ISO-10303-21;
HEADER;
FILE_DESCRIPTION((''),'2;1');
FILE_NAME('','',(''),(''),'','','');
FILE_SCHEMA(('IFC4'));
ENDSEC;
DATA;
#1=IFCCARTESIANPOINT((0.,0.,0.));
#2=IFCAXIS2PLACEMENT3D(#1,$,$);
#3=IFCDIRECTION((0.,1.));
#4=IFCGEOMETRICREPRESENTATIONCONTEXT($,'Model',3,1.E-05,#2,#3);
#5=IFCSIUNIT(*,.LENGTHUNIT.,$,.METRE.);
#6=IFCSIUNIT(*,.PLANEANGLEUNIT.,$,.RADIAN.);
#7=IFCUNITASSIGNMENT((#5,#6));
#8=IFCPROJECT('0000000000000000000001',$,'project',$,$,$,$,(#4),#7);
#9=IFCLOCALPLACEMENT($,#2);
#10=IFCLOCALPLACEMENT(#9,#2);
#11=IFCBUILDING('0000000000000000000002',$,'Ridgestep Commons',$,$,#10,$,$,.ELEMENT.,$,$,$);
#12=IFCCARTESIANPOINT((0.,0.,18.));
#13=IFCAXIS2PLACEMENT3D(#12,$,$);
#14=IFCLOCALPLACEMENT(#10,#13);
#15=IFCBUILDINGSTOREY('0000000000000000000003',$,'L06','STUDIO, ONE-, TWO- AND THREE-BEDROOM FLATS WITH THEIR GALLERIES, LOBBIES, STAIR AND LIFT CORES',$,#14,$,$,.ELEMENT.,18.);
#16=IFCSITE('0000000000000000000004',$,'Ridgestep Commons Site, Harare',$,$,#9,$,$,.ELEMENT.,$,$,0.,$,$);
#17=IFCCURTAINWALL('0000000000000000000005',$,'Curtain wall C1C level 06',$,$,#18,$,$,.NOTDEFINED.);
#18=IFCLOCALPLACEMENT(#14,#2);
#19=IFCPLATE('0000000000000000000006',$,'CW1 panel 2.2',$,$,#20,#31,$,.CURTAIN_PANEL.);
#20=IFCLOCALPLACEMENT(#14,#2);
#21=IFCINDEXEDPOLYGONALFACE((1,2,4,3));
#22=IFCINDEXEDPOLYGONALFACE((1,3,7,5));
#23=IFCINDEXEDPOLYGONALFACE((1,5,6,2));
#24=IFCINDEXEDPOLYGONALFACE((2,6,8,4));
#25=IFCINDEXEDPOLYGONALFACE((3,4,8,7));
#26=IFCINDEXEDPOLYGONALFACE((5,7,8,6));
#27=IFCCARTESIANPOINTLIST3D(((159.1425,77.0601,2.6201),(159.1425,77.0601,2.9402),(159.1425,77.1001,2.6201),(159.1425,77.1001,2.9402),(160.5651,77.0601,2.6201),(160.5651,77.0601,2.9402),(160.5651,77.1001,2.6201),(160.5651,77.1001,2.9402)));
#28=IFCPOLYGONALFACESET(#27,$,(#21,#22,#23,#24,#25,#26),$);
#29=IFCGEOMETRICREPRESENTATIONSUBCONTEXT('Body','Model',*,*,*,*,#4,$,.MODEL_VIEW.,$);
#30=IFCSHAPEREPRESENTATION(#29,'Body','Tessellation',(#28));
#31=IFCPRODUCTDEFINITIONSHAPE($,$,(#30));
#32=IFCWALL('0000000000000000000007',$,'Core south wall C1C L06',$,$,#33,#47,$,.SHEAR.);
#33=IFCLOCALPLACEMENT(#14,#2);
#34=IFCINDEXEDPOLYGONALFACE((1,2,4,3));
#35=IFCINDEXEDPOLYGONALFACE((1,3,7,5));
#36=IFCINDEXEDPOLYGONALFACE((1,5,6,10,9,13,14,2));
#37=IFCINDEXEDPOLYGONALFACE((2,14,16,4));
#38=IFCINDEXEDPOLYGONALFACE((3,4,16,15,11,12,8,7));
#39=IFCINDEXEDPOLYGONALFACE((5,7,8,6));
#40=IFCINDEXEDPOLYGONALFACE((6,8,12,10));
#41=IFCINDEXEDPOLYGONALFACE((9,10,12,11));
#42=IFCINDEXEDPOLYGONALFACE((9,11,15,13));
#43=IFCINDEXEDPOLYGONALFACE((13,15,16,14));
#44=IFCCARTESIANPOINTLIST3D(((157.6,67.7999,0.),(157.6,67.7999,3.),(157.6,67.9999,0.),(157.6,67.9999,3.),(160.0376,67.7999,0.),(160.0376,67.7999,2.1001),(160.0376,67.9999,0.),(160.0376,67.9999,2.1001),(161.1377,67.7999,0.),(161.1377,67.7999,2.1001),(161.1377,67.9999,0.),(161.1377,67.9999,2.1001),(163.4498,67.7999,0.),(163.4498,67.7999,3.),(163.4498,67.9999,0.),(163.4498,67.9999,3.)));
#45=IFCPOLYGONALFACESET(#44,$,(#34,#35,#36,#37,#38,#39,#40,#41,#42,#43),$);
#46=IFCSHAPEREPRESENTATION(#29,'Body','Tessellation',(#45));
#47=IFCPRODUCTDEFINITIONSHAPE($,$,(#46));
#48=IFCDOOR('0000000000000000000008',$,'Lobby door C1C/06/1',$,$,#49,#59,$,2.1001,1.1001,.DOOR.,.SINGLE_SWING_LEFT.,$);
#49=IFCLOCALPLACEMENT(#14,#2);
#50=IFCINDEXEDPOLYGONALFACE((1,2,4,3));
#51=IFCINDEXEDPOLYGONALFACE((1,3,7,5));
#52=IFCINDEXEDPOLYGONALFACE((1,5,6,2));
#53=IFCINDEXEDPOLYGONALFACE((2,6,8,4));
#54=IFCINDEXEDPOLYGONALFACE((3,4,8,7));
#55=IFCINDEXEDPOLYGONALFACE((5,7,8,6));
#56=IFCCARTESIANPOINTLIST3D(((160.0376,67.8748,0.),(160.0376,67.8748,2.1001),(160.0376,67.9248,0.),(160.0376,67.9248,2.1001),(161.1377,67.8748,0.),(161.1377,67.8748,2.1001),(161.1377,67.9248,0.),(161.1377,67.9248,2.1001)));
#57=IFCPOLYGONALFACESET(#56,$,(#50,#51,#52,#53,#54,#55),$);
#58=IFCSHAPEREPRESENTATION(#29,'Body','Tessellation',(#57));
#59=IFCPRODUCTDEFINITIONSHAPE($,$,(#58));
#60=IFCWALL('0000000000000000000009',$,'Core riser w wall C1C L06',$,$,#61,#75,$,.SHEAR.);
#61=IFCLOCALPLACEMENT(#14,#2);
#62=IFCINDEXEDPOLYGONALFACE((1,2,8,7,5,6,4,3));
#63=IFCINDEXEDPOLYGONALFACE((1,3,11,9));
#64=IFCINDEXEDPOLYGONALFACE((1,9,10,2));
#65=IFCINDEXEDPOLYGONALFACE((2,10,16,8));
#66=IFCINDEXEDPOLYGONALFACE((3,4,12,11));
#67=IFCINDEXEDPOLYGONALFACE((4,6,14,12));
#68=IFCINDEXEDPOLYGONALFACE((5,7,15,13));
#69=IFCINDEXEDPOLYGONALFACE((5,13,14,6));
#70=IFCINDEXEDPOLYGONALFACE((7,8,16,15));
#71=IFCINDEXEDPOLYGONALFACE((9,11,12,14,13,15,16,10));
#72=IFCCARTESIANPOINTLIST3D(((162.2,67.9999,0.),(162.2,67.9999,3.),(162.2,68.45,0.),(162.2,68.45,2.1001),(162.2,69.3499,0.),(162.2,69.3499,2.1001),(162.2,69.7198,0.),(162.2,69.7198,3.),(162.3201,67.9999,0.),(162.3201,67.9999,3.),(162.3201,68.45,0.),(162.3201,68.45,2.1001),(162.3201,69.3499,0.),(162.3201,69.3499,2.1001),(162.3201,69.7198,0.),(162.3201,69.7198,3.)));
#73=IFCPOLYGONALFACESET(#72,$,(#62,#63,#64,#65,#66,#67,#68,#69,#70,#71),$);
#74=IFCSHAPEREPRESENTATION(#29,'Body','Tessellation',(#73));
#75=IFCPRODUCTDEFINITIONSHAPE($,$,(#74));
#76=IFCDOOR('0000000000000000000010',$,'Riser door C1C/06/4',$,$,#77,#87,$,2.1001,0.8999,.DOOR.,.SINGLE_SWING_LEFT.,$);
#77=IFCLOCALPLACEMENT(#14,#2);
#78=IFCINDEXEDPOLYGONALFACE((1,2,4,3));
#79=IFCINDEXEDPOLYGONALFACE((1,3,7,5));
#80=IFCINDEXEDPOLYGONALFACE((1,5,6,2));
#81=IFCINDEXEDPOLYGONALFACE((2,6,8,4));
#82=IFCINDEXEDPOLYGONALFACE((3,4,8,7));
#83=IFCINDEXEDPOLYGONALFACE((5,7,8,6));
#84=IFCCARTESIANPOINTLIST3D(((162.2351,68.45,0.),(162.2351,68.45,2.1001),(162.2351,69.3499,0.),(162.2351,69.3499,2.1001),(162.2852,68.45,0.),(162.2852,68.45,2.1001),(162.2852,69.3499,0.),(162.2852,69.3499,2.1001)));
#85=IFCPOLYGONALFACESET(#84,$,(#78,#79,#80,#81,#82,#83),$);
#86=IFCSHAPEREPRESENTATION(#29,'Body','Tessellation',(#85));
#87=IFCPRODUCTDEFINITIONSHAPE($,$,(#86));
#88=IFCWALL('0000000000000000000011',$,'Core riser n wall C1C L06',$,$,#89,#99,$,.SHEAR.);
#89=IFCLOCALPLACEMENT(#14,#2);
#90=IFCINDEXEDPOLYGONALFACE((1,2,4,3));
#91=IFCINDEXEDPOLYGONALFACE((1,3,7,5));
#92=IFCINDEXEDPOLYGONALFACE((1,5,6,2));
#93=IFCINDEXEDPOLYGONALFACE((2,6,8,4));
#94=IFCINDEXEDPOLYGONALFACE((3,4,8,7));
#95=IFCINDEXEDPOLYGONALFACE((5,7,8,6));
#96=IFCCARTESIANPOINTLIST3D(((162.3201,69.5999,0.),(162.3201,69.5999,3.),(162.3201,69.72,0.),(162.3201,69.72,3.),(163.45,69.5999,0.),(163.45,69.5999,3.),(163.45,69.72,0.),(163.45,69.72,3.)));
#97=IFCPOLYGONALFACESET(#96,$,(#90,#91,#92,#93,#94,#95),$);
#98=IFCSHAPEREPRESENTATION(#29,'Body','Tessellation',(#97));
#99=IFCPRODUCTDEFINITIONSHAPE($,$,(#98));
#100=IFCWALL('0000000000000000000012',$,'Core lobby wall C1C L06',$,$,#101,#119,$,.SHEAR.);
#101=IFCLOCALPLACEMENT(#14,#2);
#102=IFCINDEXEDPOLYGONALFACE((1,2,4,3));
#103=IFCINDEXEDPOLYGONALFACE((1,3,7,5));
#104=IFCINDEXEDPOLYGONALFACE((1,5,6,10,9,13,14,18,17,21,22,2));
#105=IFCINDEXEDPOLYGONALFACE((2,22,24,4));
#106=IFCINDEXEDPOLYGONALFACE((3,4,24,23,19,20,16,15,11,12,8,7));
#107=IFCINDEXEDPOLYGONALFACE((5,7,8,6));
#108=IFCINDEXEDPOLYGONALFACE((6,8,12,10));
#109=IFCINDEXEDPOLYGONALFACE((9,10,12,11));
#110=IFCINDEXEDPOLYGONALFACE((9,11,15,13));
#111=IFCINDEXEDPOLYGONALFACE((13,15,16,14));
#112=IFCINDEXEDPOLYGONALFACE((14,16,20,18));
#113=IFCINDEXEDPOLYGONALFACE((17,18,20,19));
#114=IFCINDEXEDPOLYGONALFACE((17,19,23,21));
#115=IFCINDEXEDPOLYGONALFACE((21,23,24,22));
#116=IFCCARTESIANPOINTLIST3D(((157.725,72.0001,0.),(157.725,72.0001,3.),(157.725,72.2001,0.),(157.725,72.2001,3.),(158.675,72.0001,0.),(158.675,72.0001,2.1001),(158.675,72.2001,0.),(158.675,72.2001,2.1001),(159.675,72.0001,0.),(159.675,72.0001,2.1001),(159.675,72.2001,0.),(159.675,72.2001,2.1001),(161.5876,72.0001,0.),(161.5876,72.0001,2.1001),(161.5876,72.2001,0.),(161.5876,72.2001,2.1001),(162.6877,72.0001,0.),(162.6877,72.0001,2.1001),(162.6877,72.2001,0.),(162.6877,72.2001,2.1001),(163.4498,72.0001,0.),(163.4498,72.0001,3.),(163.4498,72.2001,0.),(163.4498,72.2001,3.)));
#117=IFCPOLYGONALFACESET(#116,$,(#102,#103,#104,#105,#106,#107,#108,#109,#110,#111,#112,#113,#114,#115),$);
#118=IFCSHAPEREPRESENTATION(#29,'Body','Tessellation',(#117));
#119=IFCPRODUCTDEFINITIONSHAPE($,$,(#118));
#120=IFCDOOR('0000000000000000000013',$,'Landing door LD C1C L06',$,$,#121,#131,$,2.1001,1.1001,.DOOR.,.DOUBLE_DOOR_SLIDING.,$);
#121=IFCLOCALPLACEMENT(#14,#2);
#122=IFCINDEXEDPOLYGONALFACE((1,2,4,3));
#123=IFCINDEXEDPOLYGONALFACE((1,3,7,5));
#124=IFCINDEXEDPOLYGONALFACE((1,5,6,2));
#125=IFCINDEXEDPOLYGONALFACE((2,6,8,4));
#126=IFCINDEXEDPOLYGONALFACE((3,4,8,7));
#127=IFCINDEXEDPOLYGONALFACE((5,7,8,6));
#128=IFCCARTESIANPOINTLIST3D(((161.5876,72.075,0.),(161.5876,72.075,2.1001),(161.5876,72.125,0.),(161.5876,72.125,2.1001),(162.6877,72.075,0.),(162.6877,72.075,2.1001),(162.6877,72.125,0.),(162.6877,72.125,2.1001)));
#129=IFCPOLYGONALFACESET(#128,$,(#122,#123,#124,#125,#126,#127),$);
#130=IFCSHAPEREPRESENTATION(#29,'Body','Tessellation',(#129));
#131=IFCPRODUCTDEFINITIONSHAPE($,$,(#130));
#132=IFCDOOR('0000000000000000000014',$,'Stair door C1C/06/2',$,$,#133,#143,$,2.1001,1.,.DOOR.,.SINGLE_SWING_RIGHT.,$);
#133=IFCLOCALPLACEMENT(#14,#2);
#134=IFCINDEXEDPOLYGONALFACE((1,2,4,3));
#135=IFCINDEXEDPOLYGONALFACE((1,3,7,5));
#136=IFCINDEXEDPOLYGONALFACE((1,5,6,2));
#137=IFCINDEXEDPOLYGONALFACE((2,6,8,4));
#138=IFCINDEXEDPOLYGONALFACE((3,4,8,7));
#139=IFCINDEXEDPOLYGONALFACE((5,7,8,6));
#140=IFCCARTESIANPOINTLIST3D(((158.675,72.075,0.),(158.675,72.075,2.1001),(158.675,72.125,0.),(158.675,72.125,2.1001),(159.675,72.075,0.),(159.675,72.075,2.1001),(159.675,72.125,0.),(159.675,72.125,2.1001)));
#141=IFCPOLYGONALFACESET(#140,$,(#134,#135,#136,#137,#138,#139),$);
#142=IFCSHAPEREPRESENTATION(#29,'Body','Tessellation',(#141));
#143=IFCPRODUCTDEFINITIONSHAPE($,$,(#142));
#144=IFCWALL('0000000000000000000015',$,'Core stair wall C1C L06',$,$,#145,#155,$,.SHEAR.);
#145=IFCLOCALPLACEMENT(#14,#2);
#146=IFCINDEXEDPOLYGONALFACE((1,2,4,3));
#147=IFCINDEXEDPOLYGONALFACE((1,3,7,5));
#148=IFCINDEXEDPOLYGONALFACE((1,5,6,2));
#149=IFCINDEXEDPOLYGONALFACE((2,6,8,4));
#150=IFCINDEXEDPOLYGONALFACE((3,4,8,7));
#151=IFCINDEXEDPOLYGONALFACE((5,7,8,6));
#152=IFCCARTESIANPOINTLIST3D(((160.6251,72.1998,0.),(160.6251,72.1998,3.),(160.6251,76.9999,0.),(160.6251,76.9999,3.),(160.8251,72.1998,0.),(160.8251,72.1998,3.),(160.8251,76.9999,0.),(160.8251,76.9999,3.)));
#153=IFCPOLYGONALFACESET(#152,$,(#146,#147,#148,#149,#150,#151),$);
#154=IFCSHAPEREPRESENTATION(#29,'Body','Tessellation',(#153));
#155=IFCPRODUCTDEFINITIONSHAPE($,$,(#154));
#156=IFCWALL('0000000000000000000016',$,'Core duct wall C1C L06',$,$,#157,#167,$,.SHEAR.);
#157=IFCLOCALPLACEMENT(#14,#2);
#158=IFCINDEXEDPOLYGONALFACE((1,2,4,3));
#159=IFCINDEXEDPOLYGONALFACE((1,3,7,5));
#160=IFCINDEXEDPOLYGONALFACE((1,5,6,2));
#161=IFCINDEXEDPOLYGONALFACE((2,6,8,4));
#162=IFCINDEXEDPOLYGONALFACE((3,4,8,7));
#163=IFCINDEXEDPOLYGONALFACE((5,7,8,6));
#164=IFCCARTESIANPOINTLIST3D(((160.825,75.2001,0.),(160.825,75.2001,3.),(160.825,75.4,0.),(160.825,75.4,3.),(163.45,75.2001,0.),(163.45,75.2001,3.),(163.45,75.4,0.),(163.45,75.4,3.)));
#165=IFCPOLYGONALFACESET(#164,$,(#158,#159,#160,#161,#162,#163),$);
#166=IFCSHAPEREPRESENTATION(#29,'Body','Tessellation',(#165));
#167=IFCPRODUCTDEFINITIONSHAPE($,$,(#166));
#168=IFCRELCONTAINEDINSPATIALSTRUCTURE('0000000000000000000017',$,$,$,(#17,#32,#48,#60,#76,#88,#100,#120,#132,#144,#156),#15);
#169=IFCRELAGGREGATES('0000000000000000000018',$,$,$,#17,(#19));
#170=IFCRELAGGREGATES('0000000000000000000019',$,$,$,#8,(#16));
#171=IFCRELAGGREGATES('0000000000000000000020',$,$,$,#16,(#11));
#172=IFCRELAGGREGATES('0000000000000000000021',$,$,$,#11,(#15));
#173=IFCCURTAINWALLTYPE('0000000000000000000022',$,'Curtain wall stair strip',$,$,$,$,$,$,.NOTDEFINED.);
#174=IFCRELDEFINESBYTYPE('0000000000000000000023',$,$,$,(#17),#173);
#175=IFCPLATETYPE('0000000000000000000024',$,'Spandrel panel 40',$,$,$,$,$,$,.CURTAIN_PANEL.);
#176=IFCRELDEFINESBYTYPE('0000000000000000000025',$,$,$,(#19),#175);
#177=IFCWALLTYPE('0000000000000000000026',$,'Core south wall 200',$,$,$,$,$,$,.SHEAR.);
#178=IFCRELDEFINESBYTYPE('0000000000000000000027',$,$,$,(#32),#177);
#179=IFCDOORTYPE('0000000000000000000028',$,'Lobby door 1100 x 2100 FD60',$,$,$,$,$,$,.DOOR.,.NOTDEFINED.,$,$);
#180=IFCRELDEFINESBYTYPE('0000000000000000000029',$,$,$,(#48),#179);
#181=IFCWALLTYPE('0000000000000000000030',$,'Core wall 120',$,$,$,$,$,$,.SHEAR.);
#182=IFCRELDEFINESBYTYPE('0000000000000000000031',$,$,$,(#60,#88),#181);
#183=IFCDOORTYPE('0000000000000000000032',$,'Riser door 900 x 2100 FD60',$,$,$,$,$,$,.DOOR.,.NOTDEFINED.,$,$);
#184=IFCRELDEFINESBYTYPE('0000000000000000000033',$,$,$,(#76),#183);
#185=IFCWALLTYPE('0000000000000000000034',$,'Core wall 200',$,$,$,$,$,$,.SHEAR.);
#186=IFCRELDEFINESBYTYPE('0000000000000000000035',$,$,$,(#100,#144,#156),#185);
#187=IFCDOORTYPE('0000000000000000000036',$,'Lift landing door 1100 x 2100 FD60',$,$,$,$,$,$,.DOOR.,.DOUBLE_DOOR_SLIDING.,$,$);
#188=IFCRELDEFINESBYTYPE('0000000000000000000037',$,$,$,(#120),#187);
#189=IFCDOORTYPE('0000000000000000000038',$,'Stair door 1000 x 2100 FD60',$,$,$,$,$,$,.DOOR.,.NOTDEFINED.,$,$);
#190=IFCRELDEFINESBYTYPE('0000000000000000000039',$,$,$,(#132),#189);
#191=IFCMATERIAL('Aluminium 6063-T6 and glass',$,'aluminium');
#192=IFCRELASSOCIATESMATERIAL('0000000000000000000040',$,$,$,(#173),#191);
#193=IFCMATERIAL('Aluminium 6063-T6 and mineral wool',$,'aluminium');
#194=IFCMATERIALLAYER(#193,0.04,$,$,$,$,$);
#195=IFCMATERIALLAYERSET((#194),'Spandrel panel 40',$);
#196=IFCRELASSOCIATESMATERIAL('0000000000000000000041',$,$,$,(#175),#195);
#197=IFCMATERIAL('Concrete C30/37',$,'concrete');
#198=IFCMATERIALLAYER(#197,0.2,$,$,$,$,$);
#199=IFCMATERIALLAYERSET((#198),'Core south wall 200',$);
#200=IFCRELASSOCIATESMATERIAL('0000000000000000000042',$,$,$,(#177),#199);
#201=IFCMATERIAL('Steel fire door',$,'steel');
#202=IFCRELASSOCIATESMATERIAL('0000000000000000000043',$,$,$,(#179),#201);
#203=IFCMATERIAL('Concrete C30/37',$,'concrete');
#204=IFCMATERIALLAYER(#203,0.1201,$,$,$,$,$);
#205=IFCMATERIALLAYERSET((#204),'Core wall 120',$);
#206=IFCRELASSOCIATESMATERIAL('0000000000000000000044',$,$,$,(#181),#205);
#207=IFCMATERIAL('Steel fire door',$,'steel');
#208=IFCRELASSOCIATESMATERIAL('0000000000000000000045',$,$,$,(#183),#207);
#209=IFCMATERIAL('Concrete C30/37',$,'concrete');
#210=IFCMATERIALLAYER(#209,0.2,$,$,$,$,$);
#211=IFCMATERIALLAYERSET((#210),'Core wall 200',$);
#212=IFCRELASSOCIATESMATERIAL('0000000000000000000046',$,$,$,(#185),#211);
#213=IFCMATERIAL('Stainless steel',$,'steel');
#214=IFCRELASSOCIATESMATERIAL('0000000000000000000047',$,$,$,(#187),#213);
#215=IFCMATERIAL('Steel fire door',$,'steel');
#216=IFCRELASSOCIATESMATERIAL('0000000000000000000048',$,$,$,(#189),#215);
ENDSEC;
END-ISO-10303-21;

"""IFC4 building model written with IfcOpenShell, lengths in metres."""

from ifc_helpers import new_model, si_unit, direction, frame, frame_2d, origin, origin_2d, place, context, subcontext, project, spatial, rectangle, extrude, material, layer, layer_set, type_object, element, fill, aggregate, save


model = new_model("IFC4")

# Units and contexts
model_context = context("Model", 3, precision=1e-05, world=origin(), true_north=direction((0.0, 1.0)))
body_context = subcontext(model_context, "Body", "Model", "MODEL_VIEW")
ifc_project = project(units=[si_unit("LENGTHUNIT", "METRE"), si_unit("PLANEANGLEUNIT", "RADIAN")], contexts=[model_context])

# Site, building, storey
site_placement = place(None, origin())
site = spatial("IfcSite", under=ifc_project, at=site_placement, Name="Ridgestep Commons Site, Harare", CompositionType="ELEMENT", RefElevation=0.0)
building_placement = place(site_placement, origin())
building = spatial("IfcBuilding", under=site, at=building_placement, Name="Ridgestep Commons", CompositionType="ELEMENT")
storey_placement = place(building_placement, frame((0.0, 0.0, 18.0)))
storey = spatial("IfcBuildingStorey", under=building, at=storey_placement, Name="L06", Description="STUDIO, ONE-, TWO- AND THREE-BEDROOM FLATS WITH THEIR GALLERIES, LOBBIES, STAIR AND LIFT CORES", CompositionType="ELEMENT", Elevation=18.0)

# Curtain wall, plate
ifc_material_1 = material(Name="Aluminium 6063-T6 and glass", Category="aluminium")
curtain_wall_type = type_object("IfcCurtainWallType", Name="Curtain wall stair strip", PredefinedType="NOTDEFINED", material=ifc_material_1)
curtain_wall_placement = place(storey_placement, origin())
curtain_wall = element("IfcCurtainWall", 1, at=curtain_wall_placement, inside=storey, type_object=curtain_wall_type, Name="Curtain wall C1C level 06", PredefinedType="NOTDEFINED")
ifc_material_2 = material(Name="Aluminium 6063-T6 and mineral wool", Category="aluminium")
ifc_layer_1 = layer(ifc_material_2, 0.04)
ifc_layer_set_1 = layer_set([ifc_layer_1], Name="Spandrel panel 40")
plate_type_1 = type_object("IfcPlateType", Name="Spandrel panel 40", PredefinedType="CURTAIN_PANEL", material=ifc_layer_set_1)
plate_1_placement = place(storey_placement, frame((159.8538, 77.0801, 2.6201), z_axis=(0.0, 0.0, 1.0), x_axis=(1.0, 0.0, 0.0)))
plate_1 = element("IfcPlate", 2, at=plate_1_placement, type_object=plate_type_1, Name="CW1 panel 2.2", PredefinedType="CURTAIN_PANEL", context=body_context, shape_type="SweptSolid", body=[
    extrude(rectangle(XDim=1.4226, YDim=0.04, at=origin_2d()), origin(), (0.0, 0.0, 1.0), 0.3201),
])
aggregate(curtain_wall, [plate_1])

# Walls, openings, doors
ifc_material_3 = material(Name="Concrete C30/37", Category="concrete")
ifc_layer_2 = layer(ifc_material_3, 0.2)
ifc_layer_set_2 = layer_set([ifc_layer_2], Name="Core south wall 200")
wall_type_1 = type_object("IfcWallType", Name="Core south wall 200", PredefinedType="SHEAR", material=ifc_layer_set_2)
wall_1_placement = place(storey_placement, frame((157.6001, 67.8999, 0.0), z_axis=(0.0, 0.0, 1.0), x_axis=(1.0, 0.0, 0.0)))
wall_1 = element("IfcWall", 3, at=wall_1_placement, inside=storey, type_object=wall_type_1, Name="Core south wall C1C L06", PredefinedType="SHEAR", context=body_context, shape_type="SweptSolid", body=[
    extrude(rectangle(XDim=5.8499, YDim=0.2, at=frame_2d((2.9248, 0.0))), origin(), (0.0, 0.0, 1.0), 3.0),
])
opening_1_placement = place(wall_1_placement, frame((2.4375, 0.0, 0.0)))
opening_1 = element("IfcOpeningElement", 4, at=opening_1_placement, cuts=wall_1, PredefinedType="OPENING", context=body_context, shape_type="SweptSolid", body=[
    extrude(rectangle(XDim=1.1001, YDim=2.1001, at=frame_2d((0.55, 1.05))), frame((0.0, 0.1099, 0.0), z_axis=(0.0, -1.0, 0.0), x_axis=(1.0, 0.0, 0.0)), (0.0, 0.0, 1.0), 0.22),
])
ifc_material_4 = material(Name="Steel fire door", Category="steel")
door_type_1 = type_object("IfcDoorType", Name="Lobby door 1100 x 2100 FD60", OperationType="NOTDEFINED", PredefinedType="DOOR", material=ifc_material_4)
door_1_placement = place(opening_1_placement, origin())
door_1 = element("IfcDoor", 5, at=door_1_placement, inside=storey, type_object=door_type_1, Name="Lobby door C1C/06/1", OperationType="SINGLE_SWING_LEFT", OverallHeight=2.1001, OverallWidth=1.1001, PredefinedType="DOOR", context=body_context, shape_type="SweptSolid", body=[
    extrude(rectangle(XDim=1.1001, YDim=2.1001, at=frame_2d((0.55, 1.05))), frame((0.0, 0.0249, 0.0), z_axis=(0.0, -1.0, 0.0), x_axis=(1.0, 0.0, 0.0)), (0.0, 0.0, 1.0), 0.05),
])
fill(opening_1, door_1)
ifc_material_5 = material(Name="Concrete C30/37", Category="concrete")
ifc_layer_3 = layer(ifc_material_5, 0.1201)
ifc_layer_set_3 = layer_set([ifc_layer_3], Name="Core wall 120")
wall_type_2 = type_object("IfcWallType", Name="Core wall 120", PredefinedType="SHEAR", material=ifc_layer_set_3)
wall_2_placement = place(storey_placement, frame((162.26, 68.0, 0.0), z_axis=(0.0, 0.0, 1.0), x_axis=(0.0, 1.0, 0.0)))
wall_2 = element("IfcWall", 6, at=wall_2_placement, inside=storey, type_object=wall_type_2, Name="Core riser w wall C1C L06", PredefinedType="SHEAR", context=body_context, shape_type="SweptSolid", body=[
    extrude(rectangle(XDim=1.72, YDim=0.1201, at=frame_2d((0.8599, 0.0))), origin(), (0.0, 0.0, 1.0), 3.0),
])
opening_2_placement = place(wall_2_placement, frame((0.45, 0.0, 0.0)))
opening_2 = element("IfcOpeningElement", 7, at=opening_2_placement, cuts=wall_2, PredefinedType="OPENING", context=body_context, shape_type="SweptSolid", body=[
    extrude(rectangle(XDim=0.8999, YDim=2.1001, at=frame_2d((0.45, 1.05))), frame((0.0, 0.0701, 0.0), z_axis=(0.0, -1.0, 0.0), x_axis=(1.0, 0.0, 0.0)), (0.0, 0.0, 1.0), 0.1401),
])
ifc_material_6 = material(Name="Steel fire door", Category="steel")
door_type_2 = type_object("IfcDoorType", Name="Riser door 900 x 2100 FD60", OperationType="NOTDEFINED", PredefinedType="DOOR", material=ifc_material_6)
door_2_placement = place(opening_2_placement, origin())
door_2 = element("IfcDoor", 8, at=door_2_placement, inside=storey, type_object=door_type_2, Name="Riser door C1C/06/4", OperationType="SINGLE_SWING_LEFT", OverallHeight=2.1001, OverallWidth=0.8999, PredefinedType="DOOR", context=body_context, shape_type="SweptSolid", body=[
    extrude(rectangle(XDim=0.8999, YDim=2.1001, at=frame_2d((0.45, 1.05))), frame((0.0, 0.0249, 0.0), z_axis=(0.0, -1.0, 0.0), x_axis=(1.0, 0.0, 0.0)), (0.0, 0.0, 1.0), 0.05),
])
fill(opening_2, door_2)

# Wall
wall_3_placement = place(storey_placement, frame((162.3201, 69.6599, 0.0), z_axis=(0.0, 0.0, 1.0), x_axis=(1.0, 0.0, 0.0)))
element("IfcWall", 9, at=wall_3_placement, inside=storey, type_object=wall_type_2, Name="Core riser n wall C1C L06", PredefinedType="SHEAR", context=body_context, shape_type="SweptSolid", body=[
    extrude(rectangle(XDim=1.1299, YDim=0.1201, at=frame_2d((0.5649, 0.0))), origin(), (0.0, 0.0, 1.0), 3.0),
])

# Wall, openings, doors
ifc_material_7 = material(Name="Concrete C30/37", Category="concrete")
ifc_layer_4 = layer(ifc_material_7, 0.2)
ifc_layer_set_4 = layer_set([ifc_layer_4], Name="Core wall 200")
wall_type_3 = type_object("IfcWallType", Name="Core wall 200", PredefinedType="SHEAR", material=ifc_layer_set_4)
wall_4_placement = place(storey_placement, frame((157.7251, 72.1001, 0.0), z_axis=(0.0, 0.0, 1.0), x_axis=(1.0, 0.0, 0.0)))
wall_4 = element("IfcWall", 10, at=wall_4_placement, inside=storey, type_object=wall_type_3, Name="Core lobby wall C1C L06", PredefinedType="SHEAR", context=body_context, shape_type="SweptSolid", body=[
    extrude(rectangle(XDim=5.7249, YDim=0.2, at=frame_2d((2.8623, 0.0))), origin(), (0.0, 0.0, 1.0), 3.0),
])
opening_3_placement = place(wall_4_placement, frame((0.95, 0.0, 0.0)))
opening_3 = element("IfcOpeningElement", 11, at=opening_3_placement, cuts=wall_4, PredefinedType="OPENING", context=body_context, shape_type="SweptSolid", body=[
    extrude(rectangle(XDim=1.0, YDim=2.1001, at=frame_2d((0.5, 1.05))), frame((0.0, 0.1099, 0.0), z_axis=(0.0, -1.0, 0.0), x_axis=(1.0, 0.0, 0.0)), (0.0, 0.0, 1.0), 0.22),
])
opening_4_placement = place(wall_4_placement, frame((3.8625, 0.0, 0.0)))
opening_4 = element("IfcOpeningElement", 12, at=opening_4_placement, cuts=wall_4, PredefinedType="OPENING", context=body_context, shape_type="SweptSolid", body=[
    extrude(rectangle(XDim=1.1001, YDim=2.1001, at=frame_2d((0.55, 1.05))), frame((0.0, 0.1099, 0.0), z_axis=(0.0, -1.0, 0.0), x_axis=(1.0, 0.0, 0.0)), (0.0, 0.0, 1.0), 0.22),
])
ifc_material_8 = material(Name="Stainless steel", Category="steel")
door_type_3 = type_object("IfcDoorType", Name="Lift landing door 1100 x 2100 FD60", OperationType="DOUBLE_DOOR_SLIDING", PredefinedType="DOOR", material=ifc_material_8)
door_3_placement = place(opening_4_placement, origin())
door_3 = element("IfcDoor", 13, at=door_3_placement, inside=storey, type_object=door_type_3, Name="Landing door LD C1C L06", OperationType="DOUBLE_DOOR_SLIDING", OverallHeight=2.1001, OverallWidth=1.1001, PredefinedType="DOOR", context=body_context, shape_type="SweptSolid", body=[
    extrude(rectangle(XDim=1.1001, YDim=2.1001, at=frame_2d((0.55, 1.05))), frame((0.0, 0.0249, 0.0), z_axis=(0.0, -1.0, 0.0), x_axis=(1.0, 0.0, 0.0)), (0.0, 0.0, 1.0), 0.05),
])
fill(opening_4, door_3)
ifc_material_9 = material(Name="Steel fire door", Category="steel")
door_type_4 = type_object("IfcDoorType", Name="Stair door 1000 x 2100 FD60", OperationType="NOTDEFINED", PredefinedType="DOOR", material=ifc_material_9)
door_4_placement = place(opening_3_placement, origin())
door_4 = element("IfcDoor", 14, at=door_4_placement, inside=storey, type_object=door_type_4, Name="Stair door C1C/06/2", OperationType="SINGLE_SWING_RIGHT", OverallHeight=2.1001, OverallWidth=1.0, PredefinedType="DOOR", context=body_context, shape_type="SweptSolid", body=[
    extrude(rectangle(XDim=1.0, YDim=2.1001, at=frame_2d((0.5, 1.05))), frame((0.0, 0.0249, 0.0), z_axis=(0.0, -1.0, 0.0), x_axis=(1.0, 0.0, 0.0)), (0.0, 0.0, 1.0), 0.05),
])
fill(opening_3, door_4)

# Walls
wall_5_placement = place(storey_placement, frame((160.7251, 72.2, 0.0), z_axis=(0.0, 0.0, 1.0), x_axis=(0.0, 1.0, 0.0)))
element("IfcWall", 15, at=wall_5_placement, inside=storey, type_object=wall_type_3, Name="Core stair wall C1C L06", PredefinedType="SHEAR", context=body_context, shape_type="SweptSolid", body=[
    extrude(rectangle(XDim=4.8, YDim=0.2, at=frame_2d((2.3999, 0.0))), origin(), (0.0, 0.0, 1.0), 3.0),
])
wall_6_placement = place(storey_placement, frame((160.825, 75.3, 0.0), z_axis=(0.0, 0.0, 1.0), x_axis=(1.0, 0.0, 0.0)))
element("IfcWall", 16, at=wall_6_placement, inside=storey, type_object=wall_type_3, Name="Core duct wall C1C L06", PredefinedType="SHEAR", context=body_context, shape_type="SweptSolid", body=[
    extrude(rectangle(XDim=2.625, YDim=0.2, at=frame_2d((1.3125, 0.0))), origin(), (0.0, 0.0, 1.0), 3.0),
])

save(model, "model.ifc")
